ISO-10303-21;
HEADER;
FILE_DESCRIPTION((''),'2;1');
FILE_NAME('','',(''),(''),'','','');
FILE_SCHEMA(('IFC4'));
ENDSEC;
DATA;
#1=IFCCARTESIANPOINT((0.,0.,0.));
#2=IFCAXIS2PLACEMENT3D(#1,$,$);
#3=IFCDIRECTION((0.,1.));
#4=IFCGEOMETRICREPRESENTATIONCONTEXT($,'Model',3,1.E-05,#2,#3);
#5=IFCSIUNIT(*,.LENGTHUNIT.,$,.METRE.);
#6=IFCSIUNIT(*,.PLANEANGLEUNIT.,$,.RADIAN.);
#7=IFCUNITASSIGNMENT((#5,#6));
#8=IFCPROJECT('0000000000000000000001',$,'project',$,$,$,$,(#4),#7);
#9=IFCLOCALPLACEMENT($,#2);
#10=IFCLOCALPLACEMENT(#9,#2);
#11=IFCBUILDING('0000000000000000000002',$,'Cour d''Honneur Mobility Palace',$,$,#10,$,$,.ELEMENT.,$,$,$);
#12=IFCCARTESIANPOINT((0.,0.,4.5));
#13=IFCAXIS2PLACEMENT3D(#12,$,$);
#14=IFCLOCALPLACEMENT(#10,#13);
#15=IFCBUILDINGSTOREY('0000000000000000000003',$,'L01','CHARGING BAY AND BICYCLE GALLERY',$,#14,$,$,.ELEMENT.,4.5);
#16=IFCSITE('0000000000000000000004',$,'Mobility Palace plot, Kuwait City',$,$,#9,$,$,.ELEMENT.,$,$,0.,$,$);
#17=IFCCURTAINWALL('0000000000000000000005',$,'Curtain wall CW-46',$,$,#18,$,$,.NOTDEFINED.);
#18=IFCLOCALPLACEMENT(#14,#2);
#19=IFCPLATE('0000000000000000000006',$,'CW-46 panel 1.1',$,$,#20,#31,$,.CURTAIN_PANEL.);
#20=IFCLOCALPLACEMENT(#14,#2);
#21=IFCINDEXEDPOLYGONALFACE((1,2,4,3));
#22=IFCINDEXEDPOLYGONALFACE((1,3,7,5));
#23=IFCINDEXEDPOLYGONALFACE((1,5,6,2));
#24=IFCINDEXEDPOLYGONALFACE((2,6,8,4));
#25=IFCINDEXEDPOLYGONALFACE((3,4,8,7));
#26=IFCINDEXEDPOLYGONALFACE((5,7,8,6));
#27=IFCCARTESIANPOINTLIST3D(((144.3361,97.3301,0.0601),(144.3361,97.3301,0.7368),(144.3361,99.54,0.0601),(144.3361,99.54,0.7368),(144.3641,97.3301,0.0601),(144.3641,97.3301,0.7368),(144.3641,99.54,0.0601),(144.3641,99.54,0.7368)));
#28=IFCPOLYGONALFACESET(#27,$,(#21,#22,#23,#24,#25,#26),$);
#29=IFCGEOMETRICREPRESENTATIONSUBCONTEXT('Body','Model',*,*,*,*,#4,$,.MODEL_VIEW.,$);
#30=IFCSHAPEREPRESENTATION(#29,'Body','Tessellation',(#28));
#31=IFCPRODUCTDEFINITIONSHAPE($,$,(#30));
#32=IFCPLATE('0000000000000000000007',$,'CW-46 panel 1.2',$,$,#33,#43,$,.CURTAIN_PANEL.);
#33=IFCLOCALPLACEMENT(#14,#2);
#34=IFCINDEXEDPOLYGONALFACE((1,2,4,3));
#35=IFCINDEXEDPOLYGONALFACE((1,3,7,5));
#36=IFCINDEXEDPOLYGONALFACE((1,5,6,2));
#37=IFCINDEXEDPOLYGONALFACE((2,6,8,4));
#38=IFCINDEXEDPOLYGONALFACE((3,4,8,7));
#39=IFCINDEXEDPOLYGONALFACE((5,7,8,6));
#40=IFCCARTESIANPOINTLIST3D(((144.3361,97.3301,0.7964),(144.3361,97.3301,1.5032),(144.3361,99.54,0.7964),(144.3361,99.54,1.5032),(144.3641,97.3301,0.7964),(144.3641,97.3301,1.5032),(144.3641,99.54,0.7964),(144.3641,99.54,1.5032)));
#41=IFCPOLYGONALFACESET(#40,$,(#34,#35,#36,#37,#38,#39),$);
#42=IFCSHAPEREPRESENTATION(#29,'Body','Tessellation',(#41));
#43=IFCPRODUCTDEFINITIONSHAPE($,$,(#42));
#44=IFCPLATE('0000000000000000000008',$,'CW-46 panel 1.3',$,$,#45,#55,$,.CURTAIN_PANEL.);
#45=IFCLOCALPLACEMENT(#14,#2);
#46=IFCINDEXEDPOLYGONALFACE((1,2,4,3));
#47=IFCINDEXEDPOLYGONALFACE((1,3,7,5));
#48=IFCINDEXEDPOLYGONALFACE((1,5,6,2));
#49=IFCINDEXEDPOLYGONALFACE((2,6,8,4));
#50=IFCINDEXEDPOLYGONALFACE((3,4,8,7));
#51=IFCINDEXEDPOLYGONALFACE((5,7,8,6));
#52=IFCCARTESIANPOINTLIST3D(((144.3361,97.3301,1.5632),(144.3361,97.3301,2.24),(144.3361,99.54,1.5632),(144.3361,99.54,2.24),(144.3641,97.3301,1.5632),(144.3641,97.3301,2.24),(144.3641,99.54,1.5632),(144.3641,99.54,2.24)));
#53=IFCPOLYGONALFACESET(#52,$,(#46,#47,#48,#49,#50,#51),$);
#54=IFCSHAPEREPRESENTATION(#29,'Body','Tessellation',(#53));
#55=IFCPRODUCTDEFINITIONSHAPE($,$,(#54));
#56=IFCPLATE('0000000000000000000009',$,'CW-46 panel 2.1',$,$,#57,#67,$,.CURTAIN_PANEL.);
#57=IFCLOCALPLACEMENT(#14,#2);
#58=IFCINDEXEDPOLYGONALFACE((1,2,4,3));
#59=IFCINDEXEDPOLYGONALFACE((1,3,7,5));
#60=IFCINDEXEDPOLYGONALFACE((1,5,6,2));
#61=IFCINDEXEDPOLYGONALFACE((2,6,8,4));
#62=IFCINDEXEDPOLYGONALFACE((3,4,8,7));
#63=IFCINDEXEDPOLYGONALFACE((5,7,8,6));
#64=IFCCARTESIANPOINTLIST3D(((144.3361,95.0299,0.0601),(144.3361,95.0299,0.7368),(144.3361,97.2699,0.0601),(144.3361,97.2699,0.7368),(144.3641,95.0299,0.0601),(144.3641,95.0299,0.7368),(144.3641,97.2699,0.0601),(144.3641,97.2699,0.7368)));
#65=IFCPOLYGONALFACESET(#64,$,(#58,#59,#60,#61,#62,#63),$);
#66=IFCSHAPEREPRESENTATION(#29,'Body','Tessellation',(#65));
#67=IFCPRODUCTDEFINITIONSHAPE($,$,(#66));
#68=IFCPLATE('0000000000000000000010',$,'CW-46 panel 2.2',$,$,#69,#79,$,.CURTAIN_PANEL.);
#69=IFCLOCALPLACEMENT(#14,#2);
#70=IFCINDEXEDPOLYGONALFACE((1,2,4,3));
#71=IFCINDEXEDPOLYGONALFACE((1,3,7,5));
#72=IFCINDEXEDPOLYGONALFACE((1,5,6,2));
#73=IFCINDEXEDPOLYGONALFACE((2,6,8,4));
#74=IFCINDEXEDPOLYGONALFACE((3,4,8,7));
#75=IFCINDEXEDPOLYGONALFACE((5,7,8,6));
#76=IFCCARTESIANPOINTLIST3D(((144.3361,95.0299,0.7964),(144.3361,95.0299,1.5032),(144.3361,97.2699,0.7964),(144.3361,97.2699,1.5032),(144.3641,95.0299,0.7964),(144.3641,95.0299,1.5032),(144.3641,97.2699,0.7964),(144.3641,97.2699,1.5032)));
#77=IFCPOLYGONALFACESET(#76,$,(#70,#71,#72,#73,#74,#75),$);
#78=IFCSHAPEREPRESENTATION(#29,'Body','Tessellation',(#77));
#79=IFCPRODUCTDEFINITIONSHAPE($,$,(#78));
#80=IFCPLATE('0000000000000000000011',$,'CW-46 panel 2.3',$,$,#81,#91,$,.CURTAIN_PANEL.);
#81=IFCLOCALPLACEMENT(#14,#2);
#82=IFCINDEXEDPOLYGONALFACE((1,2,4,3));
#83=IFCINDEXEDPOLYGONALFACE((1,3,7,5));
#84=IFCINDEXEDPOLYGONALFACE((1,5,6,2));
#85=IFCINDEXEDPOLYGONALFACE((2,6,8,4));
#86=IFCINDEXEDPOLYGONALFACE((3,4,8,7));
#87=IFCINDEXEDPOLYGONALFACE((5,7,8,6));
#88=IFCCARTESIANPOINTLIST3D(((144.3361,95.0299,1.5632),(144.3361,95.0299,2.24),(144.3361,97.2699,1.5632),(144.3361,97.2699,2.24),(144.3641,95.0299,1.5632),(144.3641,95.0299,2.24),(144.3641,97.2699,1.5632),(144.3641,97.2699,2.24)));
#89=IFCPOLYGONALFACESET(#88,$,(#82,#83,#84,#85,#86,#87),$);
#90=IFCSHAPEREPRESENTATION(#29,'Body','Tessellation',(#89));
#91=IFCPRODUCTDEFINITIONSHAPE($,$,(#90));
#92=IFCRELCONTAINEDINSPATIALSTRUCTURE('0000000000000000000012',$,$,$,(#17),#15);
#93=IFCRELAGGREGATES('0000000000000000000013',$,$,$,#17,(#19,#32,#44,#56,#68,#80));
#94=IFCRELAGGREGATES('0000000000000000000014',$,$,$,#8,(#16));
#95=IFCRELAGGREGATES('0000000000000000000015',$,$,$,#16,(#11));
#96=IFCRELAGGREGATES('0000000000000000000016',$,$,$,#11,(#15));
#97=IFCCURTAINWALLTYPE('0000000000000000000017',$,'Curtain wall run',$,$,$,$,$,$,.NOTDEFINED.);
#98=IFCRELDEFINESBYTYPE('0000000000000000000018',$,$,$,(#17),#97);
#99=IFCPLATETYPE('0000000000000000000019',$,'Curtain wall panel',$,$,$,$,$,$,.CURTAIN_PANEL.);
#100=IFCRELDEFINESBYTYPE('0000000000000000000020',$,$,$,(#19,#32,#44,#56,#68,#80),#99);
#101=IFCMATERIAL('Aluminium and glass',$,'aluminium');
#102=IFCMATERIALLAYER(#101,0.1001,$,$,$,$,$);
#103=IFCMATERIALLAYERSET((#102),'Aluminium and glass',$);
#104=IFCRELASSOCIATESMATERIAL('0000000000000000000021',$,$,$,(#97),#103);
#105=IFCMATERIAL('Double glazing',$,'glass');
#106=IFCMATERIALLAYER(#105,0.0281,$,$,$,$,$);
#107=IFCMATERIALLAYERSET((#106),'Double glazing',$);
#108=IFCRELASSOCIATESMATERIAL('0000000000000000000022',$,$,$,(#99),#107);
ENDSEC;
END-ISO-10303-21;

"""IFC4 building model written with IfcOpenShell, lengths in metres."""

from ifc_helpers import new_model, si_unit, direction, frame, origin, origin_2d, place, context, subcontext, project, spatial, rectangle, extrude, material, layer, layer_set, type_object, element, aggregate, save


model = new_model("IFC4")

# Units and contexts
model_context = context("Model", 3, precision=1e-05, world=origin(), true_north=direction((0.0, 1.0)))
body_context = subcontext(model_context, "Body", "Model", "MODEL_VIEW")
ifc_project = project(units=[si_unit("LENGTHUNIT", "METRE"), si_unit("PLANEANGLEUNIT", "RADIAN")], contexts=[model_context])

# Site, building, storey
site_placement = place(None, origin())
site = spatial("IfcSite", under=ifc_project, at=site_placement, Name="Mobility Palace plot, Kuwait City", CompositionType="ELEMENT", RefElevation=0.0)
building_placement = place(site_placement, origin())
building = spatial("IfcBuilding", under=site, at=building_placement, Name="Cour d'Honneur Mobility Palace", CompositionType="ELEMENT")
storey_placement = place(building_placement, frame((0.0, 0.0, 4.5)))
storey = spatial("IfcBuildingStorey", under=building, at=storey_placement, Name="L01", Description="CHARGING BAY AND BICYCLE GALLERY", CompositionType="ELEMENT", Elevation=4.5)

# Shared definitions
ifc_material_1 = material(Name="Aluminium and glass", Category="aluminium")
ifc_layer_1 = layer(ifc_material_1, 0.1001)
ifc_layer_set_1 = layer_set([ifc_layer_1], Name="Aluminium and glass")
curtain_wall_type = type_object("IfcCurtainWallType", Name="Curtain wall run", PredefinedType="NOTDEFINED", material=ifc_layer_set_1)

# Curtain wall, plates
curtain_wall_1_placement = place(storey_placement, origin())
curtain_wall_1 = element("IfcCurtainWall", 1, at=curtain_wall_1_placement, inside=storey, type_object=curtain_wall_type, Name="Curtain wall CW-46", PredefinedType="NOTDEFINED")
ifc_material_2 = material(Name="Double glazing", Category="glass")
ifc_layer_2 = layer(ifc_material_2, 0.0281)
ifc_layer_set_2 = layer_set([ifc_layer_2], Name="Double glazing")
plate_type = type_object("IfcPlateType", Name="Curtain wall panel", PredefinedType="CURTAIN_PANEL", material=ifc_layer_set_2)
plate_1_placement = place(storey_placement, frame((144.3501, 98.4351, 0.0601), z_axis=(0.0, 0.0, 1.0), x_axis=(0.0, -1.0, 0.0)))
plate_1 = element("IfcPlate", 2, at=plate_1_placement, type_object=plate_type, Name="CW-46 panel 1.1", PredefinedType="CURTAIN_PANEL", context=body_context, shape_type="SweptSolid", body=[
    extrude(rectangle(XDim=2.21, YDim=0.0281, at=origin_2d()), origin(), (0.0, 0.0, 1.0), 0.6768),
])
plate_2_placement = place(storey_placement, frame((144.3501, 98.4351, 0.7964), z_axis=(0.0, 0.0, 1.0), x_axis=(0.0, -1.0, 0.0)))
plate_2 = element("IfcPlate", 3, at=plate_2_placement, type_object=plate_type, Name="CW-46 panel 1.2", PredefinedType="CURTAIN_PANEL", context=body_context, shape_type="SweptSolid", body=[
    extrude(rectangle(XDim=2.21, YDim=0.0281, at=origin_2d()), origin(), (0.0, 0.0, 1.0), 0.7068),
])
plate_3_placement = place(storey_placement, frame((144.3501, 98.4351, 1.5632), z_axis=(0.0, 0.0, 1.0), x_axis=(0.0, -1.0, 0.0)))
plate_3 = element("IfcPlate", 4, at=plate_3_placement, type_object=plate_type, Name="CW-46 panel 1.3", PredefinedType="CURTAIN_PANEL", context=body_context, shape_type="SweptSolid", body=[
    extrude(rectangle(XDim=2.21, YDim=0.0281, at=origin_2d()), origin(), (0.0, 0.0, 1.0), 0.6768),
])
plate_4_placement = place(storey_placement, frame((144.3501, 96.1499, 0.0601), z_axis=(0.0, 0.0, 1.0), x_axis=(0.0, -1.0, 0.0)))
plate_4 = element("IfcPlate", 5, at=plate_4_placement, type_object=plate_type, Name="CW-46 panel 2.1", PredefinedType="CURTAIN_PANEL", context=body_context, shape_type="SweptSolid", body=[
    extrude(rectangle(XDim=2.24, YDim=0.0281, at=origin_2d()), origin(), (0.0, 0.0, 1.0), 0.6768),
])
plate_5_placement = place(storey_placement, frame((144.3501, 96.1499, 0.7964), z_axis=(0.0, 0.0, 1.0), x_axis=(0.0, -1.0, 0.0)))
plate_5 = element("IfcPlate", 6, at=plate_5_placement, type_object=plate_type, Name="CW-46 panel 2.2", PredefinedType="CURTAIN_PANEL", context=body_context, shape_type="SweptSolid", body=[
    extrude(rectangle(XDim=2.24, YDim=0.0281, at=origin_2d()), origin(), (0.0, 0.0, 1.0), 0.7068),
])
plate_6_placement = place(storey_placement, frame((144.3501, 96.1499, 1.5632), z_axis=(0.0, 0.0, 1.0), x_axis=(0.0, -1.0, 0.0)))
plate_6 = element("IfcPlate", 7, at=plate_6_placement, type_object=plate_type, Name="CW-46 panel 2.3", PredefinedType="CURTAIN_PANEL", context=body_context, shape_type="SweptSolid", body=[
    extrude(rectangle(XDim=2.24, YDim=0.0281, at=origin_2d()), origin(), (0.0, 0.0, 1.0), 0.6768),
])
aggregate(curtain_wall_1, [plate_1, plate_2, plate_3, plate_4, plate_5, plate_6])

save(model, "model.ifc")
